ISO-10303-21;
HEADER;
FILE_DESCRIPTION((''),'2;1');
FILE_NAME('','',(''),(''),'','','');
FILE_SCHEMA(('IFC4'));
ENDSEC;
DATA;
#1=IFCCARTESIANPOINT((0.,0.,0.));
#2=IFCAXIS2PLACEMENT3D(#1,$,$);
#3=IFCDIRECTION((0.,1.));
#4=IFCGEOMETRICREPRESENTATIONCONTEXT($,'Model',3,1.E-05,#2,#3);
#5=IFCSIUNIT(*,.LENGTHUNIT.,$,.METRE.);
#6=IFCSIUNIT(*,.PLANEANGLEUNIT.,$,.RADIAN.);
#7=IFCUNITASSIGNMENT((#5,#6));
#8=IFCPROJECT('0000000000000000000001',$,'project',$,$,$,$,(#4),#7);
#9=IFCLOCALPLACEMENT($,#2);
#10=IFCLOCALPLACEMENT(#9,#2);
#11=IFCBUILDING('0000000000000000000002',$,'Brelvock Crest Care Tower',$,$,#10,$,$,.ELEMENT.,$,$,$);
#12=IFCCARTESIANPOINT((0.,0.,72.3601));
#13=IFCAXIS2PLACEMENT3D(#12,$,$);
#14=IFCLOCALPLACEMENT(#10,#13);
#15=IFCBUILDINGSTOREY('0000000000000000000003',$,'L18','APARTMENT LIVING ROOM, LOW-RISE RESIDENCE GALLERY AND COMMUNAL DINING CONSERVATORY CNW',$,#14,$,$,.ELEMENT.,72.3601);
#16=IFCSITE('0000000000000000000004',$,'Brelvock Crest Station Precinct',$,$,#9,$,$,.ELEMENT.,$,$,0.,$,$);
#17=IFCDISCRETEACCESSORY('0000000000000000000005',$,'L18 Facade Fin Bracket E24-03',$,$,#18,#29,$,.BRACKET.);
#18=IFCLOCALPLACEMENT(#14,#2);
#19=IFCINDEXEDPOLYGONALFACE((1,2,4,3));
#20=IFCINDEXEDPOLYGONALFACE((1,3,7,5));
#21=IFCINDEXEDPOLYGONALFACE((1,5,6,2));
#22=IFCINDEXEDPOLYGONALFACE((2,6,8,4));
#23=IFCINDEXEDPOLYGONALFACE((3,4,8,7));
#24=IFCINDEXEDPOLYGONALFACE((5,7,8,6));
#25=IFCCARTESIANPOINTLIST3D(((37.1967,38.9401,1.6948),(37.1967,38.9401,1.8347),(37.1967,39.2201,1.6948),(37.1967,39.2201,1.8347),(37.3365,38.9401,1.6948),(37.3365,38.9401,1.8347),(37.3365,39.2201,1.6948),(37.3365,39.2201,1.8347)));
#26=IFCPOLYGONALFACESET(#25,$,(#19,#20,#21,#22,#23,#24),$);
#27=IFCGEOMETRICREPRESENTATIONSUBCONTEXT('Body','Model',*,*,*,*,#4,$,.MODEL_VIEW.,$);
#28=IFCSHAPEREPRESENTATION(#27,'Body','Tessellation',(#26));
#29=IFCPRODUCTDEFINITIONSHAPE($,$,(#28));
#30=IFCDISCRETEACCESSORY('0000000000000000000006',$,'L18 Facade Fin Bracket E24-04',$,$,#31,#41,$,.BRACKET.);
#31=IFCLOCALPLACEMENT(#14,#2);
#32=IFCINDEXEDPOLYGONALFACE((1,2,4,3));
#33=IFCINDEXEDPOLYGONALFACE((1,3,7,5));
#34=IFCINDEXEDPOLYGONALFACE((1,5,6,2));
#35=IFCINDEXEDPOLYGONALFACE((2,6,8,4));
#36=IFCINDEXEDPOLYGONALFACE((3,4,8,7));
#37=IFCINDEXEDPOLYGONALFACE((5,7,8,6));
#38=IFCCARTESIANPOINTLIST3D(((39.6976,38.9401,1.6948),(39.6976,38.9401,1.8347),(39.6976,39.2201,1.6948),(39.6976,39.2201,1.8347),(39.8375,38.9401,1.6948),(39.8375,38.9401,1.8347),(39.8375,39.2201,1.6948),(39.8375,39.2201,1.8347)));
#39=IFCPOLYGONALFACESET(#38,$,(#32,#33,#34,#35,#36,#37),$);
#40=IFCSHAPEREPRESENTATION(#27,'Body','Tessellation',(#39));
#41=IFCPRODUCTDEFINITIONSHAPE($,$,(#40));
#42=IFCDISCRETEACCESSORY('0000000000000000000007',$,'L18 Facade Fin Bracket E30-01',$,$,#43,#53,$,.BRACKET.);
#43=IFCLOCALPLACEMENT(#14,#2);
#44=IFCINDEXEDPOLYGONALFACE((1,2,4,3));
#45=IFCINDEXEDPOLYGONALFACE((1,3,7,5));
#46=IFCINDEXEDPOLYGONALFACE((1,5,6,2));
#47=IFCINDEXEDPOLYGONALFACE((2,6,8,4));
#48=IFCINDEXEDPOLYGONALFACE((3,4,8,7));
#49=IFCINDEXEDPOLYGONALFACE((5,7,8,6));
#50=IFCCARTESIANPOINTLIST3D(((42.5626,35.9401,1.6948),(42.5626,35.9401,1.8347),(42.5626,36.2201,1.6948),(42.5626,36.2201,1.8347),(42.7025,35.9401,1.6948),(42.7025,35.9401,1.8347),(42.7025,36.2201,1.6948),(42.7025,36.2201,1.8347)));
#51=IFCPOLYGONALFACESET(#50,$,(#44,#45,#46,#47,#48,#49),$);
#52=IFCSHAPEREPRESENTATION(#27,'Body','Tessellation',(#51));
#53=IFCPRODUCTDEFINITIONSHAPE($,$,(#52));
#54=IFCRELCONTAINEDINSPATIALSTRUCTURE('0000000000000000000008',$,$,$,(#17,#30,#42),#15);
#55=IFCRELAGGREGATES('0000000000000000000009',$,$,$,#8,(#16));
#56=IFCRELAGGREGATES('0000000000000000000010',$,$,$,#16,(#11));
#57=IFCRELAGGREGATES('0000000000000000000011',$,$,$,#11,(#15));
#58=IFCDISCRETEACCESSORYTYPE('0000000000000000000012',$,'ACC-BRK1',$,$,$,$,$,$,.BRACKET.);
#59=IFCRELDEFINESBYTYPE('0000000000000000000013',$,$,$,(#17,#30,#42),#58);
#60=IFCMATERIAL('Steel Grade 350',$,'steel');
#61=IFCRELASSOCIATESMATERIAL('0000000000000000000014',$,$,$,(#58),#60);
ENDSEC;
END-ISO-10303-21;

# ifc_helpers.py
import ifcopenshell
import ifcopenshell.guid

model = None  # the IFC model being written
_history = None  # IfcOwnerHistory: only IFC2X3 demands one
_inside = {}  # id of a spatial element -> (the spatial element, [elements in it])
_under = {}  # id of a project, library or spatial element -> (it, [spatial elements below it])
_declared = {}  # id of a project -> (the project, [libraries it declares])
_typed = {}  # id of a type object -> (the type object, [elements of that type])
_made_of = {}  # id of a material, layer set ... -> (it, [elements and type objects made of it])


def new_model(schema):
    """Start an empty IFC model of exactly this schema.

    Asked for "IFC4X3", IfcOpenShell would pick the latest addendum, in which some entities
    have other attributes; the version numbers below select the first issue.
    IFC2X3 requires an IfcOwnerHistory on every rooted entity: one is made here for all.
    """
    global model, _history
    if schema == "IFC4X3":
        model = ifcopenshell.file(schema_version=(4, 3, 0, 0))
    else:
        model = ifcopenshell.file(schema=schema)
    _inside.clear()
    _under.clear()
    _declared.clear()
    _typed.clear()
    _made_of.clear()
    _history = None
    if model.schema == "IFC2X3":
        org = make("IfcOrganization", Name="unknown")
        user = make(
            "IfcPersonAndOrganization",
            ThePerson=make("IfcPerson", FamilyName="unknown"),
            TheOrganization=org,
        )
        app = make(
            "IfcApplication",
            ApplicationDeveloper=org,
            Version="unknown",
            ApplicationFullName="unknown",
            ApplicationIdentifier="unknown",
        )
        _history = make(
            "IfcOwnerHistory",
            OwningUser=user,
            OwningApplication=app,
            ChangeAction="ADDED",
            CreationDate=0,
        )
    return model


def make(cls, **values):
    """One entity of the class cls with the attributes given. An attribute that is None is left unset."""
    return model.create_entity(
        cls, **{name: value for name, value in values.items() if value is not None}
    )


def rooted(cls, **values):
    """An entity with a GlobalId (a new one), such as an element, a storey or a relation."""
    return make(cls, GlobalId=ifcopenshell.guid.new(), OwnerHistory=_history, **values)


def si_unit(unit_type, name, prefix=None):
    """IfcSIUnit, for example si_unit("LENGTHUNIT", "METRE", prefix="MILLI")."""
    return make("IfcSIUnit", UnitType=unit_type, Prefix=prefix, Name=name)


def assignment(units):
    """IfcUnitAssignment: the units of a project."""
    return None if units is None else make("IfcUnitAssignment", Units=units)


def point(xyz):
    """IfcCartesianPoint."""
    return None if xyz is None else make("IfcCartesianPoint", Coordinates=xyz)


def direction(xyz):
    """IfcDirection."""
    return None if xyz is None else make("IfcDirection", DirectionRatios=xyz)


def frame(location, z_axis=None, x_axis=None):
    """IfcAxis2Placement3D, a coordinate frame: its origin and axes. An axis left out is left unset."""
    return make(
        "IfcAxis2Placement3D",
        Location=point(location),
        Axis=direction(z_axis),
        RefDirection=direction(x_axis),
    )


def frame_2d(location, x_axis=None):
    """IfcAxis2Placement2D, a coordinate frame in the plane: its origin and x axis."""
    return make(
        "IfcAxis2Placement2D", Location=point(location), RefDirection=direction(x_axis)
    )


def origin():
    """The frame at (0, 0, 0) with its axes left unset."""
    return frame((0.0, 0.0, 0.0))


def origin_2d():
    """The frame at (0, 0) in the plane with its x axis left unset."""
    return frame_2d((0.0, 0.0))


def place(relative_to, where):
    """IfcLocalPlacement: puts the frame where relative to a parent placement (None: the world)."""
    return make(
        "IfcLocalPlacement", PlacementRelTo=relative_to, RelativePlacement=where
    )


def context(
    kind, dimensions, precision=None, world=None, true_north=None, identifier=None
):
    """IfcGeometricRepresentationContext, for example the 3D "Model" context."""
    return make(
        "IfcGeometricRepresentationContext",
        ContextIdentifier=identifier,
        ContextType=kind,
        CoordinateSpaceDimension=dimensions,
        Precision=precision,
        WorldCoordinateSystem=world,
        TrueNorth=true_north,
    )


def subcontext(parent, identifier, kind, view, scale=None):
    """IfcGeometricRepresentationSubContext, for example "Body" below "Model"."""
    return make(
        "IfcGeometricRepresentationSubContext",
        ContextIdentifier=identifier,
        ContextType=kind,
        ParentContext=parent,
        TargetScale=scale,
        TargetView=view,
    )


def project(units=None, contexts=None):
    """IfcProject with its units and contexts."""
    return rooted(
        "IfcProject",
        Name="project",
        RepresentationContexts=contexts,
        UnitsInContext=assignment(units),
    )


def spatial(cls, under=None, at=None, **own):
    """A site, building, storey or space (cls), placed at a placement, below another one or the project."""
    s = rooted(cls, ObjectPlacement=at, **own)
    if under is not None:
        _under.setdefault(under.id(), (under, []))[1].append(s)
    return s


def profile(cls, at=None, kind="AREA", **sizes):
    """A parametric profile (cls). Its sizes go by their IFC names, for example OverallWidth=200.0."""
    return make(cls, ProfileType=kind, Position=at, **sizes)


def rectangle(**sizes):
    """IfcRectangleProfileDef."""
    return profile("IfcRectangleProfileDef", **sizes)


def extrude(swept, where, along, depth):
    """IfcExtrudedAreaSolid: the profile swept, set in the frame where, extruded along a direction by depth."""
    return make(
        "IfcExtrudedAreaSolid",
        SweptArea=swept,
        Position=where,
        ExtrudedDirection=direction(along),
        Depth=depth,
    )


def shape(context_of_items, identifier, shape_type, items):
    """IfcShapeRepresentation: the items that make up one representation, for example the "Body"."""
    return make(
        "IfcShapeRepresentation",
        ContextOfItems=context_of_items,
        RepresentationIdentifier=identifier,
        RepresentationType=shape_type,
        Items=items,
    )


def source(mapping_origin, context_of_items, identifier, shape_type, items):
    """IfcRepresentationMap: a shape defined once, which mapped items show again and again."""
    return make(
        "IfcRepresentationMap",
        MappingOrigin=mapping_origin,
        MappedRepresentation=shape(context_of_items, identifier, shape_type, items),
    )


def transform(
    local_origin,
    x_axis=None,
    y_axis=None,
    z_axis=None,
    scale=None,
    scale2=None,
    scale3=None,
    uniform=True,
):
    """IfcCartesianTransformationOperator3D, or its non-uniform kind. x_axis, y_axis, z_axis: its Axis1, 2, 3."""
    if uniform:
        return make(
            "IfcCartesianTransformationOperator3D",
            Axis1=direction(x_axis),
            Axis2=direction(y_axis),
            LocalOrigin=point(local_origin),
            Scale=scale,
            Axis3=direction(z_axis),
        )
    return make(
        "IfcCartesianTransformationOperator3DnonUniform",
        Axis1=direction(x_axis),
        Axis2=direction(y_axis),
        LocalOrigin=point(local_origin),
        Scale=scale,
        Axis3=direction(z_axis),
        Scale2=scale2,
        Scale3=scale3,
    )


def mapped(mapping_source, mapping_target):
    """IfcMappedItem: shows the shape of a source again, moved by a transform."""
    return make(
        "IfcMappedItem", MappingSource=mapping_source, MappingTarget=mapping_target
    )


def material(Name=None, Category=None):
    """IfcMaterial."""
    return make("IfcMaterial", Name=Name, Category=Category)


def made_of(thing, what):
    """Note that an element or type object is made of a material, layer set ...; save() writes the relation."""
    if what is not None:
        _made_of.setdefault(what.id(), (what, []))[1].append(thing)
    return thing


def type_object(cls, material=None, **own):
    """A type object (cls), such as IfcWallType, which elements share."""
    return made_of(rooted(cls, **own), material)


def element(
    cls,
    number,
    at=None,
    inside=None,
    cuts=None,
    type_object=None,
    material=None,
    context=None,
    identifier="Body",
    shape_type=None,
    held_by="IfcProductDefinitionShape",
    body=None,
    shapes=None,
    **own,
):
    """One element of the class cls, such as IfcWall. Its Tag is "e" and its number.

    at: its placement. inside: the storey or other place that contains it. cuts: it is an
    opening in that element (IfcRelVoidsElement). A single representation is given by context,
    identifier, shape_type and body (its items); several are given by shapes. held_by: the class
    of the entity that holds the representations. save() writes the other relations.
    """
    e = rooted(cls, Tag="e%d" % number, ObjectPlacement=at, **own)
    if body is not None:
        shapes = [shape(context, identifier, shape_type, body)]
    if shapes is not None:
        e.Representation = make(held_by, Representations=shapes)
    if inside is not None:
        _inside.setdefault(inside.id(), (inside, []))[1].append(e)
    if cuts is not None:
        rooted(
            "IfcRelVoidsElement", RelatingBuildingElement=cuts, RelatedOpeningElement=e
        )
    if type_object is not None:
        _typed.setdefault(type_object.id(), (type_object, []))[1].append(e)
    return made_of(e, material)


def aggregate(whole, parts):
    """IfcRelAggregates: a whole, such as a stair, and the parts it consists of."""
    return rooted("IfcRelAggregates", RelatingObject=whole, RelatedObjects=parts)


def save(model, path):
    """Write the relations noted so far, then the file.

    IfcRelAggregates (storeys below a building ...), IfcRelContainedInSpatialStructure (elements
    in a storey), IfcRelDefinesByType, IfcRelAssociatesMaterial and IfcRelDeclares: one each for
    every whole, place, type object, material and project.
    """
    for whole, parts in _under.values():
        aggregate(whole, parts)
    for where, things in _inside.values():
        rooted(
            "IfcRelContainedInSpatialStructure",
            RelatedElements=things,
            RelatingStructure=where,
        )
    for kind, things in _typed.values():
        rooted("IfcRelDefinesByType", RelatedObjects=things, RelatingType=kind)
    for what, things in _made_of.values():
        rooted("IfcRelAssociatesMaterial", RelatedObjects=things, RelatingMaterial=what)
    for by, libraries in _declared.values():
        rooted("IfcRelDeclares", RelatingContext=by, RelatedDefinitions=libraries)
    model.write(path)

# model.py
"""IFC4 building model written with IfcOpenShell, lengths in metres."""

from ifc_helpers import new_model, si_unit, direction, frame, origin, origin_2d, place, context, subcontext, project, spatial, rectangle, extrude, source, transform, mapped, material, type_object, element, save


model = new_model("IFC4")

# Units and contexts
model_context = context("Model", 3, precision=1e-05, world=origin(), true_north=direction((0.0, 1.0)))
body_context = subcontext(model_context, "Body", "Model", "MODEL_VIEW")
ifc_project = project(units=[si_unit("LENGTHUNIT", "METRE"), si_unit("PLANEANGLEUNIT", "RADIAN")], contexts=[model_context])

# Site, building, storey
site_placement = place(None, origin())
site = spatial("IfcSite", under=ifc_project, at=site_placement, Name="Brelvock Crest Station Precinct", CompositionType="ELEMENT", RefElevation=0.0)
building_placement = place(site_placement, origin())
building = spatial("IfcBuilding", under=site, at=building_placement, Name="Brelvock Crest Care Tower", CompositionType="ELEMENT")
storey_placement = place(building_placement, frame((0.0, 0.0, 72.3601)))
storey = spatial("IfcBuildingStorey", under=building, at=storey_placement, Name="L18", Description="APARTMENT LIVING ROOM, LOW-RISE RESIDENCE GALLERY AND COMMUNAL DINING CONSERVATORY CNW", CompositionType="ELEMENT", Elevation=72.3601)

# Shared definitions
ifc_material_1 = material(Name="Steel Grade 350", Category="steel")

# Discrete accessories
discrete_accessory_type = type_object("IfcDiscreteAccessoryType", Name="ACC-BRK1", PredefinedType="BRACKET", material=ifc_material_1)
shared_shape_1 = source(origin(), body_context, "Body", "SweptSolid", [
    extrude(rectangle(XDim=0.28, YDim=0.1399, at=origin_2d()), origin(), (0.0, 0.0, 1.0), 0.1399),
])
for number, where, z_axis, x_axis, name in (
    (1, (37.2666, 39.0801, 1.6948), (0.0, 0.0, 1.0), (0.0, 1.0, 0.0), "L18 Facade Fin Bracket E24-03"),
    (2, (39.7676, 39.0801, 1.6948), (0.0, 0.0, 1.0), (0.0, 1.0, 0.0), "L18 Facade Fin Bracket E24-04"),
    (3, (42.6326, 36.0801, 1.6948), (0.0, 0.0, 1.0), (0.0, 1.0, 0.0), "L18 Facade Fin Bracket E30-01"),
):
    element("IfcDiscreteAccessory", number, at=place(storey_placement, frame(where, z_axis=z_axis, x_axis=x_axis)), inside=storey, type_object=discrete_accessory_type, Name=name, PredefinedType="BRACKET", context=body_context, shape_type="MappedRepresentation", body=[
        mapped(shared_shape_1, transform((0.0, 0.0, 0.0), x_axis=(1.0, 0.0, 0.0), y_axis=(0.0, 1.0, 0.0), z_axis=(0.0, 0.0, 1.0), scale=1.0)),
    ])

save(model, "model.ifc")
